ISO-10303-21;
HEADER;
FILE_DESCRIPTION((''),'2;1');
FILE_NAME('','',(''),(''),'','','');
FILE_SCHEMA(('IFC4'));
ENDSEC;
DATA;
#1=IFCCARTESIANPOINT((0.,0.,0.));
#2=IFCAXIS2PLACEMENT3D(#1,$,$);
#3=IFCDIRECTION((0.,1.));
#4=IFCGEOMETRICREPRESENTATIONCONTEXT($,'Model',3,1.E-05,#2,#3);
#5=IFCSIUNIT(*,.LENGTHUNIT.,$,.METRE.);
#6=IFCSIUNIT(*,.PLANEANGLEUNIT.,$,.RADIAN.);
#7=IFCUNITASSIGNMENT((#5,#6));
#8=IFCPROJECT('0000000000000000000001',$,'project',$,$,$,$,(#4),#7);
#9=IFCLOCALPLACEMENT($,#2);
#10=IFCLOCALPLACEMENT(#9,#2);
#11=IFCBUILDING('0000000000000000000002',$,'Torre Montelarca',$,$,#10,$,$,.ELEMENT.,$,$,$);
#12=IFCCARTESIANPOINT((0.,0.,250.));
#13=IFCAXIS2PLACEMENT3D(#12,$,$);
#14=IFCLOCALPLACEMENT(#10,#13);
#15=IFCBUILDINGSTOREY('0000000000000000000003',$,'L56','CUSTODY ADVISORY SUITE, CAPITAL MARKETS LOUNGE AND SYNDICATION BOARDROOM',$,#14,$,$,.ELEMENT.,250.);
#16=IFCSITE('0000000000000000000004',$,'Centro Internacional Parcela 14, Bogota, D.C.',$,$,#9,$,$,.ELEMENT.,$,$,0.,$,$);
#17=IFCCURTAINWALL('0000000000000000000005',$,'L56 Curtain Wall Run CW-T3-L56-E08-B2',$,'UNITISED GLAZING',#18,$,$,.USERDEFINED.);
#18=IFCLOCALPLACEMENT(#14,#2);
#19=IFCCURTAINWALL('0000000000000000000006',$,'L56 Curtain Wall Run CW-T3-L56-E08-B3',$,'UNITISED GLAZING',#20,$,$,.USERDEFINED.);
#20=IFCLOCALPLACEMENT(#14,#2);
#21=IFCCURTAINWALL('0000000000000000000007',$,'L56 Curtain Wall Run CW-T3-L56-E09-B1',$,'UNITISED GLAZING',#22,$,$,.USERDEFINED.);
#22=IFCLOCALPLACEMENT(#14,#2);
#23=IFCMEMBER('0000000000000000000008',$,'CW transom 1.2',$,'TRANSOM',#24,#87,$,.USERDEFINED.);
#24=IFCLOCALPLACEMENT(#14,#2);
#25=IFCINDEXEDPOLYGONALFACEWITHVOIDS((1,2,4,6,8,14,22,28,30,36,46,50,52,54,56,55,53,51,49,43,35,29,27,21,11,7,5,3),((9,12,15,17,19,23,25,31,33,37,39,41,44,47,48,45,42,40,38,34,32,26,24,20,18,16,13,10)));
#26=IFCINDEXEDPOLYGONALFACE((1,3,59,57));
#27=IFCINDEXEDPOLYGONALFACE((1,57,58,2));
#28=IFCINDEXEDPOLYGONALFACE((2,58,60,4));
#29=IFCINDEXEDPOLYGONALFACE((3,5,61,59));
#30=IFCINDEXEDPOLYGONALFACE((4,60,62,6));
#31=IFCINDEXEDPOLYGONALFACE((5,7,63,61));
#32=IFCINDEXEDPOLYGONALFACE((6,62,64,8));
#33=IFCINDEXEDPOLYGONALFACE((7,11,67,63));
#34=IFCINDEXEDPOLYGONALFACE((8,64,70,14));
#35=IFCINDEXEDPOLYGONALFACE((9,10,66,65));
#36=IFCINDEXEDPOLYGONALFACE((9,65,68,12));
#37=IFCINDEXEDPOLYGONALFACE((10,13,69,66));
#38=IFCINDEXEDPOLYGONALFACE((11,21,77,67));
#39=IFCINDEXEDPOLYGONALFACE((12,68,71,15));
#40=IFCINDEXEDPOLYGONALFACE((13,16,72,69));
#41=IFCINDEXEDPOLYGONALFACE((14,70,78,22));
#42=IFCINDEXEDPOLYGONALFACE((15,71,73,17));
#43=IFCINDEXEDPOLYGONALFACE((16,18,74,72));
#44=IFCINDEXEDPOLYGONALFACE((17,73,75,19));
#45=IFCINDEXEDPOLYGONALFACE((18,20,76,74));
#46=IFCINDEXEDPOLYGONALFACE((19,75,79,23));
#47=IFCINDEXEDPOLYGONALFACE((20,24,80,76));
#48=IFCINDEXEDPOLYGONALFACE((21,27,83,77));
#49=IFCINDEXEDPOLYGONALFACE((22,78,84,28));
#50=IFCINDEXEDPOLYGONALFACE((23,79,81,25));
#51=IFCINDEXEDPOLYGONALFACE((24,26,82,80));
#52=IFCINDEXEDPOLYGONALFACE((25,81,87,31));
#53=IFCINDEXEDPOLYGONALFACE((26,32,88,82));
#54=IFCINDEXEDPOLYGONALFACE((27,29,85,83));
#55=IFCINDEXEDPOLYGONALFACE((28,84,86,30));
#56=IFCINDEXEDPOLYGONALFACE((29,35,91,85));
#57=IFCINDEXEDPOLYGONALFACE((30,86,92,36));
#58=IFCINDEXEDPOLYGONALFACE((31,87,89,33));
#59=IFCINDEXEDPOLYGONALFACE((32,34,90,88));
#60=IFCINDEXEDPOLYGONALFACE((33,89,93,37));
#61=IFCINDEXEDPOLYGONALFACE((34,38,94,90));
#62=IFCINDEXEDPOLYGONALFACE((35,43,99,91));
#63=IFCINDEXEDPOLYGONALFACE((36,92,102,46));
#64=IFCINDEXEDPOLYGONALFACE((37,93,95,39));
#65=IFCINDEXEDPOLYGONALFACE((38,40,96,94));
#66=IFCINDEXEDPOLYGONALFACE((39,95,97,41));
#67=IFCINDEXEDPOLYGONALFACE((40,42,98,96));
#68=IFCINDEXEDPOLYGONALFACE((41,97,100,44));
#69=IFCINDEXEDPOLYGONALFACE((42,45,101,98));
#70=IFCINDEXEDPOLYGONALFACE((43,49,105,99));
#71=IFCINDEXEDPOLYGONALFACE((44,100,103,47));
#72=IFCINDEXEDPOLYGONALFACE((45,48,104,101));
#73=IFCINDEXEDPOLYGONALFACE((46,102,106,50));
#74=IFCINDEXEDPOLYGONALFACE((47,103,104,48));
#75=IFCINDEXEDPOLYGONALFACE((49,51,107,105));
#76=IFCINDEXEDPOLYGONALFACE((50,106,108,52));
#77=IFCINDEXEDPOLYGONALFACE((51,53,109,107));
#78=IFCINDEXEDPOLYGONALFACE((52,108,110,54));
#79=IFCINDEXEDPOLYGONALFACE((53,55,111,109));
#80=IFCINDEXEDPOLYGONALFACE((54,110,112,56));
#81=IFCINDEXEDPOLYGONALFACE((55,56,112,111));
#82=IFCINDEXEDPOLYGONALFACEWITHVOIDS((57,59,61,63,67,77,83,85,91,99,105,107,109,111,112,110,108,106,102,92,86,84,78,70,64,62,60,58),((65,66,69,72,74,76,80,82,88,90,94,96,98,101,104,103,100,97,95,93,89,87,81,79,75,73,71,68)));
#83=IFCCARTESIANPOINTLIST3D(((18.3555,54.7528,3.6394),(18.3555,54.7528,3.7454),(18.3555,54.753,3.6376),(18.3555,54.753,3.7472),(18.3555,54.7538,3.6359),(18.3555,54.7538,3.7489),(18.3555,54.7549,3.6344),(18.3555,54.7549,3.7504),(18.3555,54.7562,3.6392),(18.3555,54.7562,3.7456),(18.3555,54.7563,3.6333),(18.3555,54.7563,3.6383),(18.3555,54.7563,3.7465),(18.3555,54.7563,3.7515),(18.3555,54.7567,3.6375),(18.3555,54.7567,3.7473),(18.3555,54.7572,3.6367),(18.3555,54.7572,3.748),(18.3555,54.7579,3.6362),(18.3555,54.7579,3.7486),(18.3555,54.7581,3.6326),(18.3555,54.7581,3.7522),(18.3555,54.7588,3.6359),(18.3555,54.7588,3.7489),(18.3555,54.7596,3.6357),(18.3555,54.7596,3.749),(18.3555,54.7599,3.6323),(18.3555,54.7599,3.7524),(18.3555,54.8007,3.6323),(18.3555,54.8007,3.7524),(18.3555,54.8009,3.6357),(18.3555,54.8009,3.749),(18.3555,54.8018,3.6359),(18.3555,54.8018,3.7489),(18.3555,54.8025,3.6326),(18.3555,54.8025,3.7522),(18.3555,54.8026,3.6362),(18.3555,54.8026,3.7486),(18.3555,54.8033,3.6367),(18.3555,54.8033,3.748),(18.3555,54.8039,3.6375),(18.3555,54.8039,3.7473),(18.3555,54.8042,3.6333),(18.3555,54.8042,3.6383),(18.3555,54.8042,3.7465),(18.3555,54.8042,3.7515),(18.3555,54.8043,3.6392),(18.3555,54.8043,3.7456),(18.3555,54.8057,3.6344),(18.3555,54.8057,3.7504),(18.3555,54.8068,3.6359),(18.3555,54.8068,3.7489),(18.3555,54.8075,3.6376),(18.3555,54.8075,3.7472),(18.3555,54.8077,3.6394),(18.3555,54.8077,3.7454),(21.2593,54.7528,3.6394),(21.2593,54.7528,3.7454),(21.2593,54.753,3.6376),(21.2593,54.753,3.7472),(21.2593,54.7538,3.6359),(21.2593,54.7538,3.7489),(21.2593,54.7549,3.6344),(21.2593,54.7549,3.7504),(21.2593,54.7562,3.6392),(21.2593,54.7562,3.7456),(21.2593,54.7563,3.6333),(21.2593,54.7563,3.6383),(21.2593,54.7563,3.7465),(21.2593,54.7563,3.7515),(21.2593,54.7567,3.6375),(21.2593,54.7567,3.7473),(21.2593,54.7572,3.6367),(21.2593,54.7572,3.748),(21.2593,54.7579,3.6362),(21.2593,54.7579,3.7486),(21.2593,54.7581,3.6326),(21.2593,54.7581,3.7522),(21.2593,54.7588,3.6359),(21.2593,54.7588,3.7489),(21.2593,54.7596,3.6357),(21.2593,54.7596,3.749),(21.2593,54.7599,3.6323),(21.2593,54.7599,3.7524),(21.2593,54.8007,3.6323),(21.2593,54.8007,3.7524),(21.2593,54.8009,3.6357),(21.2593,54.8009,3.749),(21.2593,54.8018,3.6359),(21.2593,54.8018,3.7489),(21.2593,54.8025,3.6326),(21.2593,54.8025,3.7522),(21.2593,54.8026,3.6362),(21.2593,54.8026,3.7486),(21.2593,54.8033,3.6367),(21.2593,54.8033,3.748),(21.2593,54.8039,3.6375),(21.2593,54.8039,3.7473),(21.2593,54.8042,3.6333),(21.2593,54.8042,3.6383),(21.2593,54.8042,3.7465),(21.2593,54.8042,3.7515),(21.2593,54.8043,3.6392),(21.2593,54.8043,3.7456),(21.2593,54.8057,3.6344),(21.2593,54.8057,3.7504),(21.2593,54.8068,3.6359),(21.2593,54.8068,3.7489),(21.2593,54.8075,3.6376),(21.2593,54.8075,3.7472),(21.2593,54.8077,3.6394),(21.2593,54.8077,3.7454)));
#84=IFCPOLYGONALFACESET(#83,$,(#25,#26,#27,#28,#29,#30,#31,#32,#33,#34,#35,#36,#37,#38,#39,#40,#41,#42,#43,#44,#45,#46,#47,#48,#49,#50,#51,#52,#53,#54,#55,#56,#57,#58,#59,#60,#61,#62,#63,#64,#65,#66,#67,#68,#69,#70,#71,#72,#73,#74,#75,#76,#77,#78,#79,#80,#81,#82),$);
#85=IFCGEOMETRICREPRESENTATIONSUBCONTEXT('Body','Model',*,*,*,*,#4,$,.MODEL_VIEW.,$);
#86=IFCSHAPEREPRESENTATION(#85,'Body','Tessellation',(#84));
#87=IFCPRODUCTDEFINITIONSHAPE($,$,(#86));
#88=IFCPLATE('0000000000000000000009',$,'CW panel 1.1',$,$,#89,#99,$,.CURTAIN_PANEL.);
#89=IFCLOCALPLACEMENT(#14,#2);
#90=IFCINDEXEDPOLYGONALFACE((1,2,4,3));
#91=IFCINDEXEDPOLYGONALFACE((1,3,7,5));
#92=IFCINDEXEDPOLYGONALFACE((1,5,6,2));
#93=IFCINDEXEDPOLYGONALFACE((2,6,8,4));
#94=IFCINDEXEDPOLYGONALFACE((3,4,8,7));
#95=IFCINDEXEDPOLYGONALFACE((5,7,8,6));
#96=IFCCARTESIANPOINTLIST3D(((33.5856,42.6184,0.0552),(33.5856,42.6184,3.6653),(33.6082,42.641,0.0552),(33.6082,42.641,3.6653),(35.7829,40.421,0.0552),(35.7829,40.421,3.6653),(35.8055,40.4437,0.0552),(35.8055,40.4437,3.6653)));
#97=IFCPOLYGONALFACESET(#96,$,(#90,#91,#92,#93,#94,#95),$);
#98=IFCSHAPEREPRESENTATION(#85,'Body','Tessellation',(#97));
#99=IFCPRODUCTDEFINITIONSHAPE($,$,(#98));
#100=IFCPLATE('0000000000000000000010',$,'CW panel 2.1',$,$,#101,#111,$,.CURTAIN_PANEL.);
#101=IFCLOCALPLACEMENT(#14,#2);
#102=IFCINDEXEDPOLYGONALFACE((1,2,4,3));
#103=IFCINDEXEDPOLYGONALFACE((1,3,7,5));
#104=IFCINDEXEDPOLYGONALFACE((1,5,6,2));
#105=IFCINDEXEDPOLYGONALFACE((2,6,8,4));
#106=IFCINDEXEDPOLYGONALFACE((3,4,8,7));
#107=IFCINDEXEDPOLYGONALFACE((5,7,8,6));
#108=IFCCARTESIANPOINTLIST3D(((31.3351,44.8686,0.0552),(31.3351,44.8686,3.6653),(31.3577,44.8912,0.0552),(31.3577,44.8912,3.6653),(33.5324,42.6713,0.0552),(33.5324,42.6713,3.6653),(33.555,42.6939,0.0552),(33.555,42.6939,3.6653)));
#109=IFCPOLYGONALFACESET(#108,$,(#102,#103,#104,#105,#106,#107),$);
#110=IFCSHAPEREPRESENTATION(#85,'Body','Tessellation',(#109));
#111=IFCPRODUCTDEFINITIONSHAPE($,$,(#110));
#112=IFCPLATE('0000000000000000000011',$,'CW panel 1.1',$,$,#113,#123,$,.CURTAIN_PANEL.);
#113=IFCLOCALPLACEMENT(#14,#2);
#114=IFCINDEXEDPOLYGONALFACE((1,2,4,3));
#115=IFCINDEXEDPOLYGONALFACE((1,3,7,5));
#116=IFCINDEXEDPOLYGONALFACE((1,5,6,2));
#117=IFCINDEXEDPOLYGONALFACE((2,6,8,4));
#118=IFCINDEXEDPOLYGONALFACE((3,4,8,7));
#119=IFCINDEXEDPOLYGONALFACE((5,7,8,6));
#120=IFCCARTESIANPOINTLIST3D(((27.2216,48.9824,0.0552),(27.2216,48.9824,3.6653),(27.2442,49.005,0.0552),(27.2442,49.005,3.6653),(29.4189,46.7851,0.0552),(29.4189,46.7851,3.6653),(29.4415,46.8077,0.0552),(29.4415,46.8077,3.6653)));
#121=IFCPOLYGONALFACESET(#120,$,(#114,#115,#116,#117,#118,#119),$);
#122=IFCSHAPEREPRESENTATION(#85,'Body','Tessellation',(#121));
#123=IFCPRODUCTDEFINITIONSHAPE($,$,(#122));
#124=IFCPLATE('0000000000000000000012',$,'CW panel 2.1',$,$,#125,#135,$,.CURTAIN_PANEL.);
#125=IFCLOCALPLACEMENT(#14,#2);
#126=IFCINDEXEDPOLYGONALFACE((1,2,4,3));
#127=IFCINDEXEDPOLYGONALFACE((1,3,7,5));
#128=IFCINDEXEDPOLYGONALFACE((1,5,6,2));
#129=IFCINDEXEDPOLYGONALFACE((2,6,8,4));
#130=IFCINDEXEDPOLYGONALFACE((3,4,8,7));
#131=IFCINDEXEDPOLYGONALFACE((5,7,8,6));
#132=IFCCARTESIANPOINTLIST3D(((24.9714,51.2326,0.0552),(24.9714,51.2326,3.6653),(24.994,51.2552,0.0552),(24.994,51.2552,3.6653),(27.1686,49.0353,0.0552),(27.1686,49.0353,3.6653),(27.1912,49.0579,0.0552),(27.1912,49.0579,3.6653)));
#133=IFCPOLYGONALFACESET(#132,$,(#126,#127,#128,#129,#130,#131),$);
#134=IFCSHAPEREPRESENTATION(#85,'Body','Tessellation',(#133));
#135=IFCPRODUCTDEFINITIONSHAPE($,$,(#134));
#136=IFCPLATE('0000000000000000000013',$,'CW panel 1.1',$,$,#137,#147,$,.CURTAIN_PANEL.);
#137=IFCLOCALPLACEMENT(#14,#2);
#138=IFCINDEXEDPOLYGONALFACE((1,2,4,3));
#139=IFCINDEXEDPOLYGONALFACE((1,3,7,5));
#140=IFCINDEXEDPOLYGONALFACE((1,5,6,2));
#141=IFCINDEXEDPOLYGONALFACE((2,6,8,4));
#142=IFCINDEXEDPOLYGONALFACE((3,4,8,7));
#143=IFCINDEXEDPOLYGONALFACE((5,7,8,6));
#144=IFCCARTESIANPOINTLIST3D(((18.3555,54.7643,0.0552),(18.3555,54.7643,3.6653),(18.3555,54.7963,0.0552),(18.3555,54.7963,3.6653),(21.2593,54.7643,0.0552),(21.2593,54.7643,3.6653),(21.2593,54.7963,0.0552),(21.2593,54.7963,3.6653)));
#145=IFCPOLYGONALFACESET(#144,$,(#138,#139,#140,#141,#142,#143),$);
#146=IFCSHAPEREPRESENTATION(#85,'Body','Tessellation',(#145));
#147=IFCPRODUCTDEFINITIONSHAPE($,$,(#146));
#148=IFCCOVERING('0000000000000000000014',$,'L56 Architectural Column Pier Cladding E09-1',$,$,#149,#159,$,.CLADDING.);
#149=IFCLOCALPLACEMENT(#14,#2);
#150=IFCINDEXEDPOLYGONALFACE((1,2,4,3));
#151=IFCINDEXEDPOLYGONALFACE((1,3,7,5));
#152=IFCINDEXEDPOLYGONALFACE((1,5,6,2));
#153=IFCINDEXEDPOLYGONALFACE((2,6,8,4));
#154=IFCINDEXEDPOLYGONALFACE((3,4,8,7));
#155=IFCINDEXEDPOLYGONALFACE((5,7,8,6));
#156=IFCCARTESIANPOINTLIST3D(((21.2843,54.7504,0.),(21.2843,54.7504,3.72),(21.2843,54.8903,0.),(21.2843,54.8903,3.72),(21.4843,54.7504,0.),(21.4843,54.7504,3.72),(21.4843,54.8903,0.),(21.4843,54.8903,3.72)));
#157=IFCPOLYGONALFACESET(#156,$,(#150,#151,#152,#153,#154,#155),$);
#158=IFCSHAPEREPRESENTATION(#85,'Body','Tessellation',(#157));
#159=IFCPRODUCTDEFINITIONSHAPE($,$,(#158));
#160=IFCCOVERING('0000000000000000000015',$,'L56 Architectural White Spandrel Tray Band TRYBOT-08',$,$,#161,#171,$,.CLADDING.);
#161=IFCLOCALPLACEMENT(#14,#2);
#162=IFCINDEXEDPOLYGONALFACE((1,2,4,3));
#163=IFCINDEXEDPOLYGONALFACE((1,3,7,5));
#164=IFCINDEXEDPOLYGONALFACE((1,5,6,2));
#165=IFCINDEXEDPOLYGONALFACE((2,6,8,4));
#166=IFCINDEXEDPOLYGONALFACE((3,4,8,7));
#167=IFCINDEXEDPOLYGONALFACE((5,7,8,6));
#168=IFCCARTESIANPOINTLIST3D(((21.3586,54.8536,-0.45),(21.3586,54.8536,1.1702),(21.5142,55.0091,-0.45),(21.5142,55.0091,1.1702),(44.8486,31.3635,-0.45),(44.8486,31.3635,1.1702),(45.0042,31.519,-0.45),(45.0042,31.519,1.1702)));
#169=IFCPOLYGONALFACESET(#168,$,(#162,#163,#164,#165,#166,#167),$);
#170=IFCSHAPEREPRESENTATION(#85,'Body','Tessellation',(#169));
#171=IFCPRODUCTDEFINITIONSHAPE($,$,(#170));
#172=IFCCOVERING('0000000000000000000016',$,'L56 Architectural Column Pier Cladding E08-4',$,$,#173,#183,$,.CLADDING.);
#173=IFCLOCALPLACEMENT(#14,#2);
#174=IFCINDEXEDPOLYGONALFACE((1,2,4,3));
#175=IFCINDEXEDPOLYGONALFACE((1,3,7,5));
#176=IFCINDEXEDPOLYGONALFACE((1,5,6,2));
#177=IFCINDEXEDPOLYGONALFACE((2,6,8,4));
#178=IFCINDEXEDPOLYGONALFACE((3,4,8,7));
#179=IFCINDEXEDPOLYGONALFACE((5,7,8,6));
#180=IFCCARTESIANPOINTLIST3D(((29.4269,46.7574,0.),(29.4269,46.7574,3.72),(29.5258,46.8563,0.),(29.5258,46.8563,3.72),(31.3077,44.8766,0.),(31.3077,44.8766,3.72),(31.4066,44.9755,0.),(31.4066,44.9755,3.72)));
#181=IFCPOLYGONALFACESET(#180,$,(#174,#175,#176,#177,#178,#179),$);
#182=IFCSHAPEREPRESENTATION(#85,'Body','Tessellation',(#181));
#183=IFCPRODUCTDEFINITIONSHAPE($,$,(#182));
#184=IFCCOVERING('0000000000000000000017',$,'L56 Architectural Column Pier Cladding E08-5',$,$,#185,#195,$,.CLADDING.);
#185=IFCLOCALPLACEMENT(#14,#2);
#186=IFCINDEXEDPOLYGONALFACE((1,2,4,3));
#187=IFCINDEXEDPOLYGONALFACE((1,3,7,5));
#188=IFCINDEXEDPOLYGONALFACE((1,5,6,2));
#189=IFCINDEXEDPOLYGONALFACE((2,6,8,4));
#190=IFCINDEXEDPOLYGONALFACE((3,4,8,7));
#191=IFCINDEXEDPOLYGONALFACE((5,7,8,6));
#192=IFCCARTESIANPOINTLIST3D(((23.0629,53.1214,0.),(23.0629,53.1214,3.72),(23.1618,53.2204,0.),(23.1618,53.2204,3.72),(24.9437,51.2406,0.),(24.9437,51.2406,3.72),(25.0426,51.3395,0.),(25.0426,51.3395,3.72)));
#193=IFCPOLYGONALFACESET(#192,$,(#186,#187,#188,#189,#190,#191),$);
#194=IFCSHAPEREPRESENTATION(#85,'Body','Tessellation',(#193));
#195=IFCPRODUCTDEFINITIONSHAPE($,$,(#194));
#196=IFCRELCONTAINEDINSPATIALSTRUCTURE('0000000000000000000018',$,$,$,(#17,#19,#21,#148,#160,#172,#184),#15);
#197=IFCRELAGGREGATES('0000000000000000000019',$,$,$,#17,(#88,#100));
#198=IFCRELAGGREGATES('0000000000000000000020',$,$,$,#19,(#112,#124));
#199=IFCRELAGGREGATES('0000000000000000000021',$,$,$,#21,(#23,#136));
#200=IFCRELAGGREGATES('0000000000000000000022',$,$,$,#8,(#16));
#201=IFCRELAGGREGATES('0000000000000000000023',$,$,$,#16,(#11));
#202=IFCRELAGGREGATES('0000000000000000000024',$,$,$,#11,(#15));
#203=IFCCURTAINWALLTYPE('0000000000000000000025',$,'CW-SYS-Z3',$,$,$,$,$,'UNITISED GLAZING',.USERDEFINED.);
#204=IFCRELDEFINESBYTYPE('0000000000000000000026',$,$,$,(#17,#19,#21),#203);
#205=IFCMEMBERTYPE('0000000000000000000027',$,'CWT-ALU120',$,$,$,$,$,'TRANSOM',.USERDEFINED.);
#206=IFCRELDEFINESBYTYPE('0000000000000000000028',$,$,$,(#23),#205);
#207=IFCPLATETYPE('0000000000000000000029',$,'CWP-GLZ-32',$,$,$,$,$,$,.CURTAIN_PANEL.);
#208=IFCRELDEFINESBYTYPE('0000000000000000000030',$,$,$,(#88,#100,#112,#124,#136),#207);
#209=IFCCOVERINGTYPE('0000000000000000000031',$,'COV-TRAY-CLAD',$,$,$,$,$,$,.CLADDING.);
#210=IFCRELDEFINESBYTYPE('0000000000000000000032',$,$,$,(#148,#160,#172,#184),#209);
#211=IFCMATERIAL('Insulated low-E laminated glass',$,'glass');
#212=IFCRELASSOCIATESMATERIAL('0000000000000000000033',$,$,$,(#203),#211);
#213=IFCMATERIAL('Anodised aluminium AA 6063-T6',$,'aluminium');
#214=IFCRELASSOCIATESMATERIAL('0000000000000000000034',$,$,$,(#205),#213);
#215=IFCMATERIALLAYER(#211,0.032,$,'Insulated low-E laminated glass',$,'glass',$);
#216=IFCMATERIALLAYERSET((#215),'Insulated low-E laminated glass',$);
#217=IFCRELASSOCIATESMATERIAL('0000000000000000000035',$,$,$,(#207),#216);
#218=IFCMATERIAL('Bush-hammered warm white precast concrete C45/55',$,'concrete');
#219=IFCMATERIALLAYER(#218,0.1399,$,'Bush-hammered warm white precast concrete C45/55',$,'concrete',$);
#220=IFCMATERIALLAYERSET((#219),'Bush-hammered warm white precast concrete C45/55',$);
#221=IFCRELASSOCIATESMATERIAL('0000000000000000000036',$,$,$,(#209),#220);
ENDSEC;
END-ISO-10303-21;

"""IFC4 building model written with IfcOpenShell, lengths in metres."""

from ifc_helpers import new_model, si_unit, direction, frame, origin, origin_2d, place, context, subcontext, project, spatial, rectangle, hollow_rectangle, extrude, source, transform, mapped, material, layer, layer_set, material_profile, profile_set, type_object, element, aggregate, save


model = new_model("IFC4")

# Units and contexts
model_context = context("Model", 3, precision=1e-05, world=origin(), true_north=direction((0.0, 1.0)))
body_context = subcontext(model_context, "Body", "Model", "MODEL_VIEW")
ifc_project = project(units=[si_unit("LENGTHUNIT", "METRE"), si_unit("PLANEANGLEUNIT", "RADIAN")], contexts=[model_context])

# Site, building, storey
site_placement = place(None, origin())
site = spatial("IfcSite", under=ifc_project, at=site_placement, Name="Centro Internacional Parcela 14, Bogota, D.C.", CompositionType="ELEMENT", RefElevation=0.0)
building_placement = place(site_placement, origin())
building = spatial("IfcBuilding", under=site, at=building_placement, Name="Torre Montelarca", CompositionType="ELEMENT")
storey_placement = place(building_placement, frame((0.0, 0.0, 250.0)))
storey = spatial("IfcBuildingStorey", under=building, at=storey_placement, Name="L56", Description="CUSTODY ADVISORY SUITE, CAPITAL MARKETS LOUNGE AND SYNDICATION BOARDROOM", CompositionType="ELEMENT", Elevation=250.0)

# Curtain walls
ifc_material_1 = material(Name="Insulated low-E laminated glass", Category="glass")
curtain_wall_type = type_object("IfcCurtainWallType", Name="CW-SYS-Z3", ElementType="UNITISED GLAZING", PredefinedType="USERDEFINED", material=ifc_material_1)
curtain_wall_1_placement = place(storey_placement, origin())
curtain_wall_1 = element("IfcCurtainWall", 1, at=curtain_wall_1_placement, inside=storey, type_object=curtain_wall_type, Name="L56 Curtain Wall Run CW-T3-L56-E08-B2", ObjectType="UNITISED GLAZING", PredefinedType="USERDEFINED")
ifc_material_2 = material(Name="Anodised aluminium AA 6063-T6", Category="aluminium")
curtain_wall_2_placement = place(storey_placement, origin())
curtain_wall_2 = element("IfcCurtainWall", 2, at=curtain_wall_2_placement, inside=storey, type_object=curtain_wall_type, Name="L56 Curtain Wall Run CW-T3-L56-E08-B3", ObjectType="UNITISED GLAZING", PredefinedType="USERDEFINED")

# Curtain wall
curtain_wall_3_placement = place(storey_placement, origin())
curtain_wall_3 = element("IfcCurtainWall", 3, at=curtain_wall_3_placement, inside=storey, type_object=curtain_wall_type, Name="L56 Curtain Wall Run CW-T3-L56-E09-B1", ObjectType="UNITISED GLAZING", PredefinedType="USERDEFINED")

# Member
ifc_material_profile_1 = material_profile(ifc_material_2, hollow_rectangle(XDim=0.0549, YDim=0.1201, WallThickness=0.0034, InnerFilletRadius=0.0034, OuterFilletRadius=0.0071, at=origin_2d()), Name="ALU55X120X3.5", Category="aluminium")
ifc_profile_set_1 = profile_set([ifc_material_profile_1], Name="Anodised aluminium AA 6063-T6")
member_type_1 = type_object("IfcMemberType", Name="CWT-ALU120", ElementType="TRANSOM", PredefinedType="USERDEFINED", material=ifc_profile_set_1)
shared_shape_1 = source(origin(), body_context, "Body", "SweptSolid", [
    extrude(hollow_rectangle(XDim=0.0549, YDim=0.1201, WallThickness=0.0034, InnerFilletRadius=0.0034, OuterFilletRadius=0.0071, at=origin_2d()), origin(), (0.0, 0.0, 1.0), 2.9038),
])
member_1_placement = place(storey_placement, frame((21.2593, 54.7803, 3.6924), z_axis=(-1.0, 0.0, 0.0), x_axis=(0.0, -1.0, 0.0)))
member_1 = element("IfcMember", 4, at=member_1_placement, type_object=member_type_1, Name="CW transom 1.2", ObjectType="TRANSOM", PredefinedType="USERDEFINED", context=body_context, shape_type="MappedRepresentation", body=[
    mapped(shared_shape_1, transform((0.0, 0.0, 0.0), scale=1.0)),
])

# Plates
ifc_layer_1 = layer(ifc_material_1, 0.032, Name="Insulated low-E laminated glass", Category="glass")
ifc_layer_set_1 = layer_set([ifc_layer_1], Name="Insulated low-E laminated glass")
plate_type = type_object("IfcPlateType", Name="CWP-GLZ-32", PredefinedType="CURTAIN_PANEL", material=ifc_layer_set_1)
shared_shape_2 = source(origin(), body_context, "Body", "SweptSolid", [
    extrude(rectangle(XDim=3.1074, YDim=0.032, at=origin_2d()), origin(), (0.0, 0.0, 1.0), 3.6101),
])
plate_1_placement = place(storey_placement, frame((34.6956, 41.531, 0.0552), z_axis=(0.0, 0.0, 1.0), x_axis=(-0.707099, 0.707115, 0.0)))
plate_1 = element("IfcPlate", 5, at=plate_1_placement, type_object=plate_type, Name="CW panel 1.1", PredefinedType="CURTAIN_PANEL", context=body_context, shape_type="MappedRepresentation", body=[
    mapped(shared_shape_2, transform((0.0, 0.0, 0.0), scale=1.0)),
])
plate_2_placement = place(storey_placement, frame((32.4451, 43.7812, 0.0552), z_axis=(0.0, 0.0, 1.0), x_axis=(-0.707099, 0.707115, 0.0)))
plate_2 = element("IfcPlate", 6, at=plate_2_placement, type_object=plate_type, Name="CW panel 2.1", PredefinedType="CURTAIN_PANEL", context=body_context, shape_type="MappedRepresentation", body=[
    mapped(shared_shape_2, transform((0.0, 0.0, 0.0), scale=1.0)),
])
aggregate(curtain_wall_1, [plate_1, plate_2])
plate_3_placement = place(storey_placement, frame((28.3315, 47.895, 0.0552), z_axis=(0.0, 0.0, 1.0), x_axis=(-0.707107, 0.707107, 0.0)))
plate_3 = element("IfcPlate", 7, at=plate_3_placement, type_object=plate_type, Name="CW panel 1.1", PredefinedType="CURTAIN_PANEL", context=body_context, shape_type="MappedRepresentation", body=[
    mapped(shared_shape_2, transform((0.0, 0.0, 0.0), scale=1.0)),
])
plate_4_placement = place(storey_placement, frame((26.0813, 50.1453, 0.0552), z_axis=(0.0, 0.0, 1.0), x_axis=(-0.707107, 0.707107, 0.0)))
plate_4 = element("IfcPlate", 8, at=plate_4_placement, type_object=plate_type, Name="CW panel 2.1", PredefinedType="CURTAIN_PANEL", context=body_context, shape_type="MappedRepresentation", body=[
    mapped(shared_shape_2, transform((0.0, 0.0, 0.0), scale=1.0)),
])
aggregate(curtain_wall_2, [plate_3, plate_4])
shared_shape_3 = source(origin(), body_context, "Body", "SweptSolid", [
    extrude(rectangle(XDim=2.9038, YDim=0.032, at=origin_2d()), origin(), (0.0, 0.0, 1.0), 3.6101),
])
plate_5_placement = place(storey_placement, frame((19.8074, 54.7803, 0.0552), z_axis=(0.0, 0.0, 1.0), x_axis=(-1.0, 0.0, 0.0)))
plate_5 = element("IfcPlate", 9, at=plate_5_placement, type_object=plate_type, Name="CW panel 1.1", PredefinedType="CURTAIN_PANEL", context=body_context, shape_type="MappedRepresentation", body=[
    mapped(shared_shape_3, transform((0.0, 0.0, 0.0), scale=1.0)),
])
aggregate(curtain_wall_3, [member_1, plate_5])

# Coverings
ifc_material_3 = material(Name="Bush-hammered warm white precast concrete C45/55", Category="concrete")
ifc_layer_2 = layer(ifc_material_3, 0.1399, Name="Bush-hammered warm white precast concrete C45/55", Category="concrete")
ifc_layer_set_2 = layer_set([ifc_layer_2], Name="Bush-hammered warm white precast concrete C45/55")
covering_type = type_object("IfcCoveringType", Name="COV-TRAY-CLAD", PredefinedType="CLADDING", material=ifc_layer_set_2)
shared_shape_4 = source(origin(), body_context, "Body", "SweptSolid", [
    extrude(rectangle(XDim=0.2, YDim=0.1399, at=origin_2d()), origin(), (0.0, 0.0, 1.0), 3.72),
])
covering_1_placement = place(storey_placement, frame((21.3843, 54.8203, 0.0), z_axis=(0.0, 0.0, 1.0), x_axis=(-1.0, 0.0, 0.0)))
element("IfcCovering", 10, at=covering_1_placement, inside=storey, type_object=covering_type, Name="L56 Architectural Column Pier Cladding E09-1", PredefinedType="CLADDING", context=body_context, shape_type="MappedRepresentation", body=[
    mapped(shared_shape_4, transform((0.0, 0.0, 0.0), scale=1.0)),
])
shared_shape_5 = source(origin(), body_context, "Body", "SweptSolid", [
    extrude(rectangle(XDim=33.22, YDim=0.22, at=origin_2d()), origin(), (0.0, 0.0, 1.0), 1.6201),
])
covering_2_placement = place(storey_placement, frame((33.1814, 43.1863, -0.45), z_axis=(0.0, 0.0, 1.0), x_axis=(-0.707106, 0.707108, 0.0)))
element("IfcCovering", 11, at=covering_2_placement, inside=storey, type_object=covering_type, Name="L56 Architectural White Spandrel Tray Band TRYBOT-08", PredefinedType="CLADDING", context=body_context, shape_type="MappedRepresentation", body=[
    mapped(shared_shape_5, transform((0.0, 0.0, 0.0), scale=1.0)),
])
shared_shape_6 = source(origin(), body_context, "Body", "SweptSolid", [
    extrude(rectangle(XDim=2.6599, YDim=0.1399, at=origin_2d()), origin(), (0.0, 0.0, 1.0), 3.72),
])
for number, where, z_axis, x_axis, name in (
    (12, (30.4167, 45.8665, 0.0), (0.0, 0.0, 1.0), (-0.707106, 0.707108, 0.0), "L56 Architectural Column Pier Cladding E08-4"),
    (13, (24.0527, 52.2305, 0.0), (0.0, 0.0, 1.0), (-0.707106, 0.707108, 0.0), "L56 Architectural Column Pier Cladding E08-5"),
):
    element("IfcCovering", number, at=place(storey_placement, frame(where, z_axis=z_axis, x_axis=x_axis)), inside=storey, type_object=covering_type, Name=name, PredefinedType="CLADDING", context=body_context, shape_type="MappedRepresentation", body=[
        mapped(shared_shape_6, transform((0.0, 0.0, 0.0), scale=1.0)),
    ])

save(model, "model.ifc")
